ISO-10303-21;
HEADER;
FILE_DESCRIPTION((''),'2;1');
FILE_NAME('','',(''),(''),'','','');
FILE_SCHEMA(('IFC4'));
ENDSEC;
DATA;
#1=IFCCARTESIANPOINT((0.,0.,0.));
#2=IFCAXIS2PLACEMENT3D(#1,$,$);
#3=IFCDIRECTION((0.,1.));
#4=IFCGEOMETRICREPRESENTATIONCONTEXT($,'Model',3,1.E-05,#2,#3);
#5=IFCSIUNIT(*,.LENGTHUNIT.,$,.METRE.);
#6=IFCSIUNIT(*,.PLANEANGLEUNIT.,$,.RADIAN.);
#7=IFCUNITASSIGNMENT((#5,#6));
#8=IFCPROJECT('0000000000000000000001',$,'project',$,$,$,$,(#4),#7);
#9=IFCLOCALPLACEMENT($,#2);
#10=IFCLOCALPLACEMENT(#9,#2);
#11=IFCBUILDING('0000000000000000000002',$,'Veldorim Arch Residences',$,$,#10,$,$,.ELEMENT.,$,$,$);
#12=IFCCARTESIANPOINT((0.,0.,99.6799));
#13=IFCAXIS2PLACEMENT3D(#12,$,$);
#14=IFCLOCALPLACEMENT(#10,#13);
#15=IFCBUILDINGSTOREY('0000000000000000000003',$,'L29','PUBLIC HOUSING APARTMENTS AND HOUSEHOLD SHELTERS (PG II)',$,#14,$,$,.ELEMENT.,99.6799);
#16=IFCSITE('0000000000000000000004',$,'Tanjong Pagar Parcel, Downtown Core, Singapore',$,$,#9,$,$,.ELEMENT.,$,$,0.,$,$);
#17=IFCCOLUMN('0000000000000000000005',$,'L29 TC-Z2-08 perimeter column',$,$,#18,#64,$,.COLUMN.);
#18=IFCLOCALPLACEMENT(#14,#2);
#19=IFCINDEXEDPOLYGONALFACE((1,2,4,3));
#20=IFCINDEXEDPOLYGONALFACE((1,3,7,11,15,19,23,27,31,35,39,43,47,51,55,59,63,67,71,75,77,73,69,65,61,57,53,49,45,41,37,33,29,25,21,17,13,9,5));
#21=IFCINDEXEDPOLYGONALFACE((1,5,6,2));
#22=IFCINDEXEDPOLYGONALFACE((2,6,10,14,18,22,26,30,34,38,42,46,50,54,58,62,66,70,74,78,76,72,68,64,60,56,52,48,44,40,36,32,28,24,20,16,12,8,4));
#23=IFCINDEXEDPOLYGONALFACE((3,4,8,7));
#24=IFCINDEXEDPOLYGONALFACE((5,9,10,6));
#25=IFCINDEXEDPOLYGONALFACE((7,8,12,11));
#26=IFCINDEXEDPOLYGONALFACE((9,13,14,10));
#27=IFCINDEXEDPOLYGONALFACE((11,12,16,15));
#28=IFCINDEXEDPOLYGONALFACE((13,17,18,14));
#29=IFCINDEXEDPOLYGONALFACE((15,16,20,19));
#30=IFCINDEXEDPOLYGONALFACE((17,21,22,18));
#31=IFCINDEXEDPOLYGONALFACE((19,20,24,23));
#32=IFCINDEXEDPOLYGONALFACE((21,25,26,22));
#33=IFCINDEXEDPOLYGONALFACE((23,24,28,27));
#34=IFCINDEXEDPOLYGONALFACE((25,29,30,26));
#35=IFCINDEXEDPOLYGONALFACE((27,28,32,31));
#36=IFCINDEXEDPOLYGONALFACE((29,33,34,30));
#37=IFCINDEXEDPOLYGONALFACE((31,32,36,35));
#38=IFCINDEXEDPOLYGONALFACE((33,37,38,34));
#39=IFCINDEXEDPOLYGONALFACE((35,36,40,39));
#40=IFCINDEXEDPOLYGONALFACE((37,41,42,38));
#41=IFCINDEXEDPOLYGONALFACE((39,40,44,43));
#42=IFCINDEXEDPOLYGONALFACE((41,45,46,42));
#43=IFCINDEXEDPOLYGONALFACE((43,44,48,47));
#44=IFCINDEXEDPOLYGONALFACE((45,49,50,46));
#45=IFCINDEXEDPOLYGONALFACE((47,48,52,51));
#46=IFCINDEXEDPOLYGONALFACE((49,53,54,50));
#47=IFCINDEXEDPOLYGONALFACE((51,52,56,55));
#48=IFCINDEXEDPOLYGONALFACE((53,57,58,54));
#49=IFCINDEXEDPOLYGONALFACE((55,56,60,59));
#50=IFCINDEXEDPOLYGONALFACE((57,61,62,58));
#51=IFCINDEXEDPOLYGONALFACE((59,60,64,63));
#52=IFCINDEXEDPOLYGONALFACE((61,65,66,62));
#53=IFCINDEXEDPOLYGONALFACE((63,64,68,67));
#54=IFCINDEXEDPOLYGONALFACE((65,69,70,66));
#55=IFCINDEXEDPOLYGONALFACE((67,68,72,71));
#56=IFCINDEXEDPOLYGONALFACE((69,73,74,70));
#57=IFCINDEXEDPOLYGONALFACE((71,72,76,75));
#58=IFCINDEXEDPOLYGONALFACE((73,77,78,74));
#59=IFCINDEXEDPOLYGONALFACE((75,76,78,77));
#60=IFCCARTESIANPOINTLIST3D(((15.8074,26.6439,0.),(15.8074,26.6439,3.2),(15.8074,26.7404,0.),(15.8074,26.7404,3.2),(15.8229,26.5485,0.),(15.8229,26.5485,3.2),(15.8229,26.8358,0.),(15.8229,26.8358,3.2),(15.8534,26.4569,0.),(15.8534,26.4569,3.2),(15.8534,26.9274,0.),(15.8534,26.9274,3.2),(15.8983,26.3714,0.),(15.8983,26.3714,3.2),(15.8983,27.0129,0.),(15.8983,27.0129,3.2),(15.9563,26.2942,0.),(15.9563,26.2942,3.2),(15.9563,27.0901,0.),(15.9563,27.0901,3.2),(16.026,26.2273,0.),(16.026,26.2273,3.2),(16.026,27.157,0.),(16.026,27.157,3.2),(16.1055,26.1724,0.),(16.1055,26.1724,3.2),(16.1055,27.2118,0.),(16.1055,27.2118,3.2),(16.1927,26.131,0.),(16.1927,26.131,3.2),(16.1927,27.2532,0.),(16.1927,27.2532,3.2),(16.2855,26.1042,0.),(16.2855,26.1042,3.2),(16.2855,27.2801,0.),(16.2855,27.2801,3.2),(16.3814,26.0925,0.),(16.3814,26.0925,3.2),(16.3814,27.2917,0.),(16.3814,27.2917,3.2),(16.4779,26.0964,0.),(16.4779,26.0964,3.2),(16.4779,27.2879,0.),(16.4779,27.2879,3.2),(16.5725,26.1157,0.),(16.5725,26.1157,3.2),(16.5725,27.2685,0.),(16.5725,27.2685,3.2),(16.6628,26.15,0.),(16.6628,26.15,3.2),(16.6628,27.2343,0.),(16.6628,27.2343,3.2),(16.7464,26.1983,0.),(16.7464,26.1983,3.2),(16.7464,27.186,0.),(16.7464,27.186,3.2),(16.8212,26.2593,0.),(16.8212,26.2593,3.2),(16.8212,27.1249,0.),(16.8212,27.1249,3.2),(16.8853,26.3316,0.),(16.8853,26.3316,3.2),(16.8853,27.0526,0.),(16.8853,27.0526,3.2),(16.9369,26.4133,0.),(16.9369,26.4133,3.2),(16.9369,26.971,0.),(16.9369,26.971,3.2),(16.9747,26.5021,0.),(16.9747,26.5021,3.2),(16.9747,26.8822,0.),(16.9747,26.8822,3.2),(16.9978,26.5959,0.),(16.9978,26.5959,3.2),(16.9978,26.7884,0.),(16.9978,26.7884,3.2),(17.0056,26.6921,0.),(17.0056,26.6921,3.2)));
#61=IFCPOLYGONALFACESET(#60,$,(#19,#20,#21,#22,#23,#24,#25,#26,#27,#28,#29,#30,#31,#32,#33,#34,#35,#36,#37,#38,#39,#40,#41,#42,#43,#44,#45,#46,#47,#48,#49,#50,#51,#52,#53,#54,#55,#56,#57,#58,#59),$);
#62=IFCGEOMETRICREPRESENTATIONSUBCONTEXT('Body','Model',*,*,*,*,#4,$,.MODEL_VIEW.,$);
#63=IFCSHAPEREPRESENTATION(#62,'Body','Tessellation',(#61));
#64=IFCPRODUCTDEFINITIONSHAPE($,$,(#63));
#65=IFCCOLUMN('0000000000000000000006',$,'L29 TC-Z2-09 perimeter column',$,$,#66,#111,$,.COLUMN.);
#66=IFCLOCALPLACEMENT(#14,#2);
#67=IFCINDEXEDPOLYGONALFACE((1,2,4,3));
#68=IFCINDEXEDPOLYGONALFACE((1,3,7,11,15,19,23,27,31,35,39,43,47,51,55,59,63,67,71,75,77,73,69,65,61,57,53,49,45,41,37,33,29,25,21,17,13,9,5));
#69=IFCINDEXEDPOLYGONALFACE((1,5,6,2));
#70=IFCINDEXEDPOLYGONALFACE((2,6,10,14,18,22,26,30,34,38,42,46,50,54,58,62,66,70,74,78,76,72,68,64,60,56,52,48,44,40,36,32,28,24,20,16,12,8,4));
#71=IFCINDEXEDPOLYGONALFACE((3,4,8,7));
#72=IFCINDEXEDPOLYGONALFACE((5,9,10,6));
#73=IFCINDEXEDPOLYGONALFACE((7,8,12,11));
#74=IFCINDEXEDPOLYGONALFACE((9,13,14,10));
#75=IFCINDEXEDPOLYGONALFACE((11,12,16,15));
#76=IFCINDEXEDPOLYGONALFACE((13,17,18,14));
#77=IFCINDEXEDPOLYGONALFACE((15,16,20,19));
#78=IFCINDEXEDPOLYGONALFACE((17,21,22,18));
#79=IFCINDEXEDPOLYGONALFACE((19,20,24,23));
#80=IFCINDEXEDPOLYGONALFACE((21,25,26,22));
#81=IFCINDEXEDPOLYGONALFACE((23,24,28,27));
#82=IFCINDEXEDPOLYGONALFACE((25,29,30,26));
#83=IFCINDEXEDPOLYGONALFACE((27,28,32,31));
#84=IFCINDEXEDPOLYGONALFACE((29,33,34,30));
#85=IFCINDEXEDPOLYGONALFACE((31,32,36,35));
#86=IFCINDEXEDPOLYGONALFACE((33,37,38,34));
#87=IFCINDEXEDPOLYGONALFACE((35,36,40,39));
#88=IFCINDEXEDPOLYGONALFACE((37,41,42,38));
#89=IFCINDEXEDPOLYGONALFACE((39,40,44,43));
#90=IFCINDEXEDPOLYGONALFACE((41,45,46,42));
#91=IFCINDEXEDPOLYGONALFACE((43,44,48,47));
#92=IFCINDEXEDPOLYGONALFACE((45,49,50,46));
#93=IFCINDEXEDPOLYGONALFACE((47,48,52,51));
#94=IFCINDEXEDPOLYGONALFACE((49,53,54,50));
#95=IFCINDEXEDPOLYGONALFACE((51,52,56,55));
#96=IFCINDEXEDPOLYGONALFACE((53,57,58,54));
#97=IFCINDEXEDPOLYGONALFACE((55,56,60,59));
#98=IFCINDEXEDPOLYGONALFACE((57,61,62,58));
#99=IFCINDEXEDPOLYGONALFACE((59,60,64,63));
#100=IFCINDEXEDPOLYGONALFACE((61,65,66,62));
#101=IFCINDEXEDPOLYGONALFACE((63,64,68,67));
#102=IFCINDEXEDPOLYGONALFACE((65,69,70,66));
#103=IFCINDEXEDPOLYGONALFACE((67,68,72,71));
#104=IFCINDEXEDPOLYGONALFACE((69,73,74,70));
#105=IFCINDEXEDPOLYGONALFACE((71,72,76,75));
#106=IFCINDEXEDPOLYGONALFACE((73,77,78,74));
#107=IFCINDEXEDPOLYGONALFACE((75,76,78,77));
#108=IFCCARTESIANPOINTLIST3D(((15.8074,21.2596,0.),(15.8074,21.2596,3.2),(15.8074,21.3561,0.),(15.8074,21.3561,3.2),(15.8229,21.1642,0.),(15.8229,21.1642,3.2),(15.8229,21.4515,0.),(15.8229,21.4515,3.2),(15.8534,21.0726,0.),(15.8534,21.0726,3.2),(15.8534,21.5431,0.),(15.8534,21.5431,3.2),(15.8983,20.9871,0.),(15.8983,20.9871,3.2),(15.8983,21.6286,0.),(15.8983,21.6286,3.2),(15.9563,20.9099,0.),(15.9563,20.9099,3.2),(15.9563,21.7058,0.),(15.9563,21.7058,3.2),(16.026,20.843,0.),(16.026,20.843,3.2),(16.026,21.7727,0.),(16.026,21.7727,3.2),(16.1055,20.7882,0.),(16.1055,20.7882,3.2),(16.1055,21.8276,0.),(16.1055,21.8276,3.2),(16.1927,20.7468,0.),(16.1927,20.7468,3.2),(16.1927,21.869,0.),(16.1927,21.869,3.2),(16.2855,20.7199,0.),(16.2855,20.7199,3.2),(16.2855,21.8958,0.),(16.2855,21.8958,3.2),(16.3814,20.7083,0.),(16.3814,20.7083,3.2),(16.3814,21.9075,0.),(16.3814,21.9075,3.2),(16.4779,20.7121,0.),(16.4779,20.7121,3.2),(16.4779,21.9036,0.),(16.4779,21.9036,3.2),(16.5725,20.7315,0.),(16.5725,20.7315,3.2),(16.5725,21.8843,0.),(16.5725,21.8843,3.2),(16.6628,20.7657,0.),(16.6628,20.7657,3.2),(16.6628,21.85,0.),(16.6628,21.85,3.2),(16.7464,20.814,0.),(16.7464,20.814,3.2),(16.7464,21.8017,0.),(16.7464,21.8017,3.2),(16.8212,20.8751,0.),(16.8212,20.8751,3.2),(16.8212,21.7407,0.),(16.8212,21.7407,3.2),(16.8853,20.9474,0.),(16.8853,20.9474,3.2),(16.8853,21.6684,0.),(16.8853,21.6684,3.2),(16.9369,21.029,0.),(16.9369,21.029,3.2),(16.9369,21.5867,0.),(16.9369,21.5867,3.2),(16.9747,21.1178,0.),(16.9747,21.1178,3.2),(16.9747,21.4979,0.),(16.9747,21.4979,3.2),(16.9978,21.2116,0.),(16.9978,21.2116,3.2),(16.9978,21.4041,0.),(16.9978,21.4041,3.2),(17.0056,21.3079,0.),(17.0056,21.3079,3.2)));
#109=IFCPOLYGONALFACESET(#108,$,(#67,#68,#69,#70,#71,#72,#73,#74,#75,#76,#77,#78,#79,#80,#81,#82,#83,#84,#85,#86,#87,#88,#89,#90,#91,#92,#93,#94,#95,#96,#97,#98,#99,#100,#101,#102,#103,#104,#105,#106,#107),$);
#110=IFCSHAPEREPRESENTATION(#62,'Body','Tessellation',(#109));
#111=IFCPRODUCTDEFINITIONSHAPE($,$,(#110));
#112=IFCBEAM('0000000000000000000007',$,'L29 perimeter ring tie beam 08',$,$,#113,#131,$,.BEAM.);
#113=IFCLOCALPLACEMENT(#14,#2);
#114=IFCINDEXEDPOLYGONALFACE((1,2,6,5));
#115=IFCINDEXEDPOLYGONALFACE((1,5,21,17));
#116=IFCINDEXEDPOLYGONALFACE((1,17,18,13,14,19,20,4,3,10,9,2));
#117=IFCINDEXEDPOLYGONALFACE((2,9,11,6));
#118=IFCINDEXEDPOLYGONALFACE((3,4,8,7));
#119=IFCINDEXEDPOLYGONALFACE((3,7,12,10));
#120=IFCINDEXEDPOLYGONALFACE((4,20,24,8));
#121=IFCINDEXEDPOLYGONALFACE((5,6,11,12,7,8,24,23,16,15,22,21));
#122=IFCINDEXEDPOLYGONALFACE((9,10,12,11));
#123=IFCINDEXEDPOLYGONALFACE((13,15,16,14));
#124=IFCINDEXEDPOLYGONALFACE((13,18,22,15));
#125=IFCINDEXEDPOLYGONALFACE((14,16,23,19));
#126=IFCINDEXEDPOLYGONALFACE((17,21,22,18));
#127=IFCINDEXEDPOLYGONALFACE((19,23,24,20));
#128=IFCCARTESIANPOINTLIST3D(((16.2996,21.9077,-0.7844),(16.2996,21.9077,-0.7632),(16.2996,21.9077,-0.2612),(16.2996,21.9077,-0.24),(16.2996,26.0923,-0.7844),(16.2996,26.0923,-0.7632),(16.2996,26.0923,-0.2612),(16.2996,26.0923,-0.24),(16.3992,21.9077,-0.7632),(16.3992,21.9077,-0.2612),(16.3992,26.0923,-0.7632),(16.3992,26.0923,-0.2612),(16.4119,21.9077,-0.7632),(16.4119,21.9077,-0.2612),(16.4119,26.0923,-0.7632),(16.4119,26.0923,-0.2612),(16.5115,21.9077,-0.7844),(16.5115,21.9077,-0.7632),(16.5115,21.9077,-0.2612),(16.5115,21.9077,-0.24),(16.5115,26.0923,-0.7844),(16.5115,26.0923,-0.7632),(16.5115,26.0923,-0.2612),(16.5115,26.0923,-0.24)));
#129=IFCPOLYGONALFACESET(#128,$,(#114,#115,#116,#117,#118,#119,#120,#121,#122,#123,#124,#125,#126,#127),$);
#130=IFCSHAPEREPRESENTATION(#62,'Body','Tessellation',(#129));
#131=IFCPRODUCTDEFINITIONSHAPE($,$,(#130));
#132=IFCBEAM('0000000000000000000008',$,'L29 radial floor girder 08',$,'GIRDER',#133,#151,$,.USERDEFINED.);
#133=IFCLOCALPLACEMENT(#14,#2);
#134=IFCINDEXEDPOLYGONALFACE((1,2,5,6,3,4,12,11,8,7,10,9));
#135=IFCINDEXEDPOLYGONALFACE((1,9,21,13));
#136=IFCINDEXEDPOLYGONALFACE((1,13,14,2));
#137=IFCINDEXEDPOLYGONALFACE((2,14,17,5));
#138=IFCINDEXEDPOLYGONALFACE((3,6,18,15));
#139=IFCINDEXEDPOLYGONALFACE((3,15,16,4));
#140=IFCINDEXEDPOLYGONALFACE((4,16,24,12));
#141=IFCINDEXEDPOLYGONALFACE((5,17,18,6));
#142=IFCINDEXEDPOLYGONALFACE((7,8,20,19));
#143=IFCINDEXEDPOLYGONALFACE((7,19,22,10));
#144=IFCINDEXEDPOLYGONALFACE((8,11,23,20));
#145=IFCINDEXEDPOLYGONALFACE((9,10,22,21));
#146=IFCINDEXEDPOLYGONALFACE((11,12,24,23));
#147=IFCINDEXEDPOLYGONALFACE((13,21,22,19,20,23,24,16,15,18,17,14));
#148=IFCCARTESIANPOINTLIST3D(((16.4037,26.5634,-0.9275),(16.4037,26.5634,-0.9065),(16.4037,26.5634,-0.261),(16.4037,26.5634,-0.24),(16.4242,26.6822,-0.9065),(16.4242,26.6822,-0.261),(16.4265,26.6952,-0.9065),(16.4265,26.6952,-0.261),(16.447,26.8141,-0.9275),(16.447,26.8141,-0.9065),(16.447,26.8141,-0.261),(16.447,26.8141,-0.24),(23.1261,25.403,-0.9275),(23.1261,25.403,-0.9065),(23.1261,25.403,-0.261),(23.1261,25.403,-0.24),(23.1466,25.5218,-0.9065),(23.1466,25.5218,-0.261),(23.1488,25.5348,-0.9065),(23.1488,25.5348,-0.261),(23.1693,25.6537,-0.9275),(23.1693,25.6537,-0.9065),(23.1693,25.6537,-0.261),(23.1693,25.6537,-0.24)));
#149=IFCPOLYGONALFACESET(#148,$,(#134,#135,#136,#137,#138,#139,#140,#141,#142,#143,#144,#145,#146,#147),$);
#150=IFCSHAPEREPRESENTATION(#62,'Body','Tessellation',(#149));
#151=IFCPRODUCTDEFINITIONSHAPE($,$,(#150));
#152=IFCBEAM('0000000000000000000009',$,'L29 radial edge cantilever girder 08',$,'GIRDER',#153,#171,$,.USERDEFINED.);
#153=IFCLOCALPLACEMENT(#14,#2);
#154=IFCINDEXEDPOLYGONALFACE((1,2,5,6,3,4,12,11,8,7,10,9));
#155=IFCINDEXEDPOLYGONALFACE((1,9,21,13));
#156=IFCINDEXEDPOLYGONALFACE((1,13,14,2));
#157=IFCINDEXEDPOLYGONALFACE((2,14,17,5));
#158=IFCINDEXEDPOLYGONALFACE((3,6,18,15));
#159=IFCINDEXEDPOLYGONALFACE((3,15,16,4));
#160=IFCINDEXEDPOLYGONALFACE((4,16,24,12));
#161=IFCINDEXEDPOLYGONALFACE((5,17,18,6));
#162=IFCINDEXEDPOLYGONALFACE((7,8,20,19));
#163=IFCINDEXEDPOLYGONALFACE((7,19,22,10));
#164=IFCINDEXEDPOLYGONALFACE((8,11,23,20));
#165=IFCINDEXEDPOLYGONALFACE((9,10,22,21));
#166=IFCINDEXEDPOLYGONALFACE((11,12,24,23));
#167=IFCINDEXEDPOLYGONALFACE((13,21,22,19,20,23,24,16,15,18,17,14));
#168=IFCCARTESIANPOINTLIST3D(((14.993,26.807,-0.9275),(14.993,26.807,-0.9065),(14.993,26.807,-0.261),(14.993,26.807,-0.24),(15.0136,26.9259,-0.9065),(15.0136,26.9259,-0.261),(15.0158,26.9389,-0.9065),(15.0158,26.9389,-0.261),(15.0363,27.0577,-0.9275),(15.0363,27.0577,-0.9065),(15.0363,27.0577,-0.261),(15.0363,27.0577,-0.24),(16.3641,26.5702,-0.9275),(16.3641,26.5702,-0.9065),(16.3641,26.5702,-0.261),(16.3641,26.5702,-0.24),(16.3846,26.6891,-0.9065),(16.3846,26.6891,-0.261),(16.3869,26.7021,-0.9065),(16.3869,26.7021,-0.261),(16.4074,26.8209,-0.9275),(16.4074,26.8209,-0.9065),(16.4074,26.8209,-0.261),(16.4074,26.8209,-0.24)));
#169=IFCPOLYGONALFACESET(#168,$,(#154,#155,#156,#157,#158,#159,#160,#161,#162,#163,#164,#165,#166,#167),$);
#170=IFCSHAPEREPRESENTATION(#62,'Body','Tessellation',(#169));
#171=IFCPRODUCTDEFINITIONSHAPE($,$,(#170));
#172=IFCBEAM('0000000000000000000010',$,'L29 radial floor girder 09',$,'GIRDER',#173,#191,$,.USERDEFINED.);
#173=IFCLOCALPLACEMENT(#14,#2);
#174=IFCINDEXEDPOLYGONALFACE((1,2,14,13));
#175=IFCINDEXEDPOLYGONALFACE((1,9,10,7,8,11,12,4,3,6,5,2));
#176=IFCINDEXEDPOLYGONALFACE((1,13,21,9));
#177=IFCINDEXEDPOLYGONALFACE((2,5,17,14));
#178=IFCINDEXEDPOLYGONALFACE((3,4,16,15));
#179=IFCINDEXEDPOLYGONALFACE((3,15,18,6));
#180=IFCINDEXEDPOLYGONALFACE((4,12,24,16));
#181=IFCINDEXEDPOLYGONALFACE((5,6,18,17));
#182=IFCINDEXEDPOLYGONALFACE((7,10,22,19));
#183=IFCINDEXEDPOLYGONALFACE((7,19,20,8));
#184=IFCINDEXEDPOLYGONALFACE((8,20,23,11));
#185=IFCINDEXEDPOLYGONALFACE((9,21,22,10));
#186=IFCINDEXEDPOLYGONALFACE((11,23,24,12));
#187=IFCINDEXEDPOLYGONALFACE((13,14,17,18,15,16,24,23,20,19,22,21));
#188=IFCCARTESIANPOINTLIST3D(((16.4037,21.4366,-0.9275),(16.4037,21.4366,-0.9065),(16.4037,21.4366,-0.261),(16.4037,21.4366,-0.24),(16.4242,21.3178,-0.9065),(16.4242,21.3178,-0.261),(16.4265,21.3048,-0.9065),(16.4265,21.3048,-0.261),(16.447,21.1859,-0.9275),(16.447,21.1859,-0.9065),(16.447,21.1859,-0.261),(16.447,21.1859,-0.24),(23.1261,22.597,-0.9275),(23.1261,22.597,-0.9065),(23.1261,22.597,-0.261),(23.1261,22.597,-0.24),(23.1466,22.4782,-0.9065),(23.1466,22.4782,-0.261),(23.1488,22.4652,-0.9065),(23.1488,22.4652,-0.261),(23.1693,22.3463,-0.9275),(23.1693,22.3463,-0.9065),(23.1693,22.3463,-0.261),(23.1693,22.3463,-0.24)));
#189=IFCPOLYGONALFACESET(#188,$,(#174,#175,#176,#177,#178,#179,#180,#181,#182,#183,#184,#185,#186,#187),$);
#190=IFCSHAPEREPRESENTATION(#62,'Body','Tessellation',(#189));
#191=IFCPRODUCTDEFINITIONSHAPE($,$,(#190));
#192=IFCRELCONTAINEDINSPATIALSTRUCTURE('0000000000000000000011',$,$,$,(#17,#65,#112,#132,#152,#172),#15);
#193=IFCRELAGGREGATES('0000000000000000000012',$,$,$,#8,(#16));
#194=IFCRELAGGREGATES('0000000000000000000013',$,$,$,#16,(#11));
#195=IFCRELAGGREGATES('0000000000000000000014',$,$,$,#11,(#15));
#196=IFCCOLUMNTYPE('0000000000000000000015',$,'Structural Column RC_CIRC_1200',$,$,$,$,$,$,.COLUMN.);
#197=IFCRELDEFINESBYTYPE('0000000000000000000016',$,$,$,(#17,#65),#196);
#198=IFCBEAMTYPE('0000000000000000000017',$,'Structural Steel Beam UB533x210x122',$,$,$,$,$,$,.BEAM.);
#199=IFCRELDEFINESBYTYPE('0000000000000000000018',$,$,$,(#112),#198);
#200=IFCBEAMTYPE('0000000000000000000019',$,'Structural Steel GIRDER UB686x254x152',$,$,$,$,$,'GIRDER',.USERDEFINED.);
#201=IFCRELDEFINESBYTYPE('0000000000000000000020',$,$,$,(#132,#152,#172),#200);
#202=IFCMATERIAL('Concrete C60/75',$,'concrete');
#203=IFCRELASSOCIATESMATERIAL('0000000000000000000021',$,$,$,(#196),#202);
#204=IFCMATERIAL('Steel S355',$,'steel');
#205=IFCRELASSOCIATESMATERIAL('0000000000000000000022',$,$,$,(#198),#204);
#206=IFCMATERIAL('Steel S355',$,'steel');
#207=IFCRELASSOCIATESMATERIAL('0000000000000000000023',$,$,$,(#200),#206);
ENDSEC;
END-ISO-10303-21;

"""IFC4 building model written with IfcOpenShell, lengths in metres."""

from ifc_helpers import new_model, si_unit, direction, frame, origin, origin_2d, place, context, subcontext, project, spatial, circle, i_section, extrude, material, material_profile, profile_set, type_object, element, save


model = new_model("IFC4")

# Units and contexts
model_context = context("Model", 3, precision=1e-05, world=origin(), true_north=direction((0.0, 1.0)))
body_context = subcontext(model_context, "Body", "Model", "MODEL_VIEW")
ifc_project = project(units=[si_unit("LENGTHUNIT", "METRE"), si_unit("PLANEANGLEUNIT", "RADIAN")], contexts=[model_context])

# Site, building, storey
site_placement = place(None, origin())
site = spatial("IfcSite", under=ifc_project, at=site_placement, Name="Tanjong Pagar Parcel, Downtown Core, Singapore", CompositionType="ELEMENT", RefElevation=0.0)
building_placement = place(site_placement, origin())
building = spatial("IfcBuilding", under=site, at=building_placement, Name="Veldorim Arch Residences", CompositionType="ELEMENT")
storey_placement = place(building_placement, frame((0.0, 0.0, 99.6799)))
storey = spatial("IfcBuildingStorey", under=building, at=storey_placement, Name="L29", Description="PUBLIC HOUSING APARTMENTS AND HOUSEHOLD SHELTERS (PG II)", CompositionType="ELEMENT", Elevation=99.6799)

# Columns
ifc_material_1 = material(Name="Concrete C60/75", Category="concrete")
ifc_material_profile_1 = material_profile(ifc_material_1, circle(Radius=0.6001, at=origin_2d()), Name="RC_CIRC_1200")
ifc_profile_set_1 = profile_set([ifc_material_profile_1], Name="Concrete C60/75")
column_type = type_object("IfcColumnType", Name="Structural Column RC_CIRC_1200", PredefinedType="COLUMN", material=ifc_profile_set_1)
for number, where, z_axis, x_axis, name in (
    (1, (16.4055, 26.6921, 0.0), (0.0, 0.0, 1.0), (1.0, 0.0, 0.0), "L29 TC-Z2-08 perimeter column"),
    (2, (16.4055, 21.3079, 0.0), (0.0, 0.0, 1.0), (1.0, 0.0, 0.0), "L29 TC-Z2-09 perimeter column"),
):
    element("IfcColumn", number, at=place(storey_placement, frame(where, z_axis=z_axis, x_axis=x_axis)), inside=storey, type_object=column_type, Name=name, PredefinedType="COLUMN", context=body_context, shape_type="SweptSolid", body=[
        extrude(circle(Radius=0.6001, at=origin_2d()), origin(), (0.0, 0.0, 1.0), 3.2),
    ])

# Beams
ifc_material_2 = material(Name="Steel S355", Category="steel")
ifc_material_profile_2 = material_profile(ifc_material_2, i_section(OverallWidth=0.2119, OverallDepth=0.5444, WebThickness=0.0127, FlangeThickness=0.0212, at=origin_2d()), Name="UB533x210x122")
ifc_profile_set_2 = profile_set([ifc_material_profile_2], Name="Steel S355")
beam_type_1 = type_object("IfcBeamType", Name="Structural Steel Beam UB533x210x122", PredefinedType="BEAM", material=ifc_profile_set_2)
beam_1_placement = place(storey_placement, frame((16.4055, 26.0923, -0.5122), z_axis=(0.0, -1.0, 0.0), x_axis=(1.0, 0.0, 0.0)))
element("IfcBeam", 3, at=beam_1_placement, inside=storey, type_object=beam_type_1, Name="L29 perimeter ring tie beam 08", PredefinedType="BEAM", context=body_context, shape_type="SweptSolid", body=[
    extrude(i_section(OverallWidth=0.2119, OverallDepth=0.5444, WebThickness=0.0127, FlangeThickness=0.0212, at=origin_2d()), origin(), (0.0, 0.0, 1.0), 4.1846),
])
ifc_material_3 = material(Name="Steel S355", Category="steel")
ifc_material_profile_3 = material_profile(ifc_material_3, i_section(OverallWidth=0.2544, OverallDepth=0.6875, WebThickness=0.0132, FlangeThickness=0.021, at=origin_2d()), Name="UB686x254x152")
ifc_profile_set_3 = profile_set([ifc_material_profile_3], Name="Steel S355")
beam_type_2 = type_object("IfcBeamType", Name="Structural Steel GIRDER UB686x254x152", ElementType="GIRDER", PredefinedType="USERDEFINED", material=ifc_profile_set_3)
beam_2_placement = place(storey_placement, frame((23.1477, 25.5283, -0.5837), z_axis=(-0.985427, 0.170101, 0.0), x_axis=(-0.170101, -0.985427, 0.0)))
element("IfcBeam", 4, at=beam_2_placement, inside=storey, type_object=beam_type_2, Name="L29 radial floor girder 08", ObjectType="GIRDER", PredefinedType="USERDEFINED", context=body_context, shape_type="SweptSolid", body=[
    extrude(i_section(OverallWidth=0.2544, OverallDepth=0.6875, WebThickness=0.0132, FlangeThickness=0.021, at=origin_2d()), origin(), (0.0, 0.0, 1.0), 6.8218),
])
beam_3_placement = place(storey_placement, frame((16.3857, 26.6956, -0.5837), z_axis=(-0.985409, 0.170201, 0.0), x_axis=(-0.170201, -0.985409, 0.0)))
element("IfcBeam", 5, at=beam_3_placement, inside=storey, type_object=beam_type_2, Name="L29 radial edge cantilever girder 08", ObjectType="GIRDER", PredefinedType="USERDEFINED", context=body_context, shape_type="SweptSolid", body=[
    extrude(i_section(OverallWidth=0.2544, OverallDepth=0.6875, WebThickness=0.0132, FlangeThickness=0.021, at=origin_2d()), origin(), (0.0, 0.0, 1.0), 1.3914),
])
beam_4_placement = place(storey_placement, frame((23.1477, 22.4717, -0.5837), z_axis=(-0.985427, -0.170101, 0.0), x_axis=(0.170101, -0.985427, 0.0)))
element("IfcBeam", 6, at=beam_4_placement, inside=storey, type_object=beam_type_2, Name="L29 radial floor girder 09", ObjectType="GIRDER", PredefinedType="USERDEFINED", context=body_context, shape_type="SweptSolid", body=[
    extrude(i_section(OverallWidth=0.2544, OverallDepth=0.6875, WebThickness=0.0132, FlangeThickness=0.021, at=origin_2d()), origin(), (0.0, 0.0, 1.0), 6.8218),
])

save(model, "model.ifc")
